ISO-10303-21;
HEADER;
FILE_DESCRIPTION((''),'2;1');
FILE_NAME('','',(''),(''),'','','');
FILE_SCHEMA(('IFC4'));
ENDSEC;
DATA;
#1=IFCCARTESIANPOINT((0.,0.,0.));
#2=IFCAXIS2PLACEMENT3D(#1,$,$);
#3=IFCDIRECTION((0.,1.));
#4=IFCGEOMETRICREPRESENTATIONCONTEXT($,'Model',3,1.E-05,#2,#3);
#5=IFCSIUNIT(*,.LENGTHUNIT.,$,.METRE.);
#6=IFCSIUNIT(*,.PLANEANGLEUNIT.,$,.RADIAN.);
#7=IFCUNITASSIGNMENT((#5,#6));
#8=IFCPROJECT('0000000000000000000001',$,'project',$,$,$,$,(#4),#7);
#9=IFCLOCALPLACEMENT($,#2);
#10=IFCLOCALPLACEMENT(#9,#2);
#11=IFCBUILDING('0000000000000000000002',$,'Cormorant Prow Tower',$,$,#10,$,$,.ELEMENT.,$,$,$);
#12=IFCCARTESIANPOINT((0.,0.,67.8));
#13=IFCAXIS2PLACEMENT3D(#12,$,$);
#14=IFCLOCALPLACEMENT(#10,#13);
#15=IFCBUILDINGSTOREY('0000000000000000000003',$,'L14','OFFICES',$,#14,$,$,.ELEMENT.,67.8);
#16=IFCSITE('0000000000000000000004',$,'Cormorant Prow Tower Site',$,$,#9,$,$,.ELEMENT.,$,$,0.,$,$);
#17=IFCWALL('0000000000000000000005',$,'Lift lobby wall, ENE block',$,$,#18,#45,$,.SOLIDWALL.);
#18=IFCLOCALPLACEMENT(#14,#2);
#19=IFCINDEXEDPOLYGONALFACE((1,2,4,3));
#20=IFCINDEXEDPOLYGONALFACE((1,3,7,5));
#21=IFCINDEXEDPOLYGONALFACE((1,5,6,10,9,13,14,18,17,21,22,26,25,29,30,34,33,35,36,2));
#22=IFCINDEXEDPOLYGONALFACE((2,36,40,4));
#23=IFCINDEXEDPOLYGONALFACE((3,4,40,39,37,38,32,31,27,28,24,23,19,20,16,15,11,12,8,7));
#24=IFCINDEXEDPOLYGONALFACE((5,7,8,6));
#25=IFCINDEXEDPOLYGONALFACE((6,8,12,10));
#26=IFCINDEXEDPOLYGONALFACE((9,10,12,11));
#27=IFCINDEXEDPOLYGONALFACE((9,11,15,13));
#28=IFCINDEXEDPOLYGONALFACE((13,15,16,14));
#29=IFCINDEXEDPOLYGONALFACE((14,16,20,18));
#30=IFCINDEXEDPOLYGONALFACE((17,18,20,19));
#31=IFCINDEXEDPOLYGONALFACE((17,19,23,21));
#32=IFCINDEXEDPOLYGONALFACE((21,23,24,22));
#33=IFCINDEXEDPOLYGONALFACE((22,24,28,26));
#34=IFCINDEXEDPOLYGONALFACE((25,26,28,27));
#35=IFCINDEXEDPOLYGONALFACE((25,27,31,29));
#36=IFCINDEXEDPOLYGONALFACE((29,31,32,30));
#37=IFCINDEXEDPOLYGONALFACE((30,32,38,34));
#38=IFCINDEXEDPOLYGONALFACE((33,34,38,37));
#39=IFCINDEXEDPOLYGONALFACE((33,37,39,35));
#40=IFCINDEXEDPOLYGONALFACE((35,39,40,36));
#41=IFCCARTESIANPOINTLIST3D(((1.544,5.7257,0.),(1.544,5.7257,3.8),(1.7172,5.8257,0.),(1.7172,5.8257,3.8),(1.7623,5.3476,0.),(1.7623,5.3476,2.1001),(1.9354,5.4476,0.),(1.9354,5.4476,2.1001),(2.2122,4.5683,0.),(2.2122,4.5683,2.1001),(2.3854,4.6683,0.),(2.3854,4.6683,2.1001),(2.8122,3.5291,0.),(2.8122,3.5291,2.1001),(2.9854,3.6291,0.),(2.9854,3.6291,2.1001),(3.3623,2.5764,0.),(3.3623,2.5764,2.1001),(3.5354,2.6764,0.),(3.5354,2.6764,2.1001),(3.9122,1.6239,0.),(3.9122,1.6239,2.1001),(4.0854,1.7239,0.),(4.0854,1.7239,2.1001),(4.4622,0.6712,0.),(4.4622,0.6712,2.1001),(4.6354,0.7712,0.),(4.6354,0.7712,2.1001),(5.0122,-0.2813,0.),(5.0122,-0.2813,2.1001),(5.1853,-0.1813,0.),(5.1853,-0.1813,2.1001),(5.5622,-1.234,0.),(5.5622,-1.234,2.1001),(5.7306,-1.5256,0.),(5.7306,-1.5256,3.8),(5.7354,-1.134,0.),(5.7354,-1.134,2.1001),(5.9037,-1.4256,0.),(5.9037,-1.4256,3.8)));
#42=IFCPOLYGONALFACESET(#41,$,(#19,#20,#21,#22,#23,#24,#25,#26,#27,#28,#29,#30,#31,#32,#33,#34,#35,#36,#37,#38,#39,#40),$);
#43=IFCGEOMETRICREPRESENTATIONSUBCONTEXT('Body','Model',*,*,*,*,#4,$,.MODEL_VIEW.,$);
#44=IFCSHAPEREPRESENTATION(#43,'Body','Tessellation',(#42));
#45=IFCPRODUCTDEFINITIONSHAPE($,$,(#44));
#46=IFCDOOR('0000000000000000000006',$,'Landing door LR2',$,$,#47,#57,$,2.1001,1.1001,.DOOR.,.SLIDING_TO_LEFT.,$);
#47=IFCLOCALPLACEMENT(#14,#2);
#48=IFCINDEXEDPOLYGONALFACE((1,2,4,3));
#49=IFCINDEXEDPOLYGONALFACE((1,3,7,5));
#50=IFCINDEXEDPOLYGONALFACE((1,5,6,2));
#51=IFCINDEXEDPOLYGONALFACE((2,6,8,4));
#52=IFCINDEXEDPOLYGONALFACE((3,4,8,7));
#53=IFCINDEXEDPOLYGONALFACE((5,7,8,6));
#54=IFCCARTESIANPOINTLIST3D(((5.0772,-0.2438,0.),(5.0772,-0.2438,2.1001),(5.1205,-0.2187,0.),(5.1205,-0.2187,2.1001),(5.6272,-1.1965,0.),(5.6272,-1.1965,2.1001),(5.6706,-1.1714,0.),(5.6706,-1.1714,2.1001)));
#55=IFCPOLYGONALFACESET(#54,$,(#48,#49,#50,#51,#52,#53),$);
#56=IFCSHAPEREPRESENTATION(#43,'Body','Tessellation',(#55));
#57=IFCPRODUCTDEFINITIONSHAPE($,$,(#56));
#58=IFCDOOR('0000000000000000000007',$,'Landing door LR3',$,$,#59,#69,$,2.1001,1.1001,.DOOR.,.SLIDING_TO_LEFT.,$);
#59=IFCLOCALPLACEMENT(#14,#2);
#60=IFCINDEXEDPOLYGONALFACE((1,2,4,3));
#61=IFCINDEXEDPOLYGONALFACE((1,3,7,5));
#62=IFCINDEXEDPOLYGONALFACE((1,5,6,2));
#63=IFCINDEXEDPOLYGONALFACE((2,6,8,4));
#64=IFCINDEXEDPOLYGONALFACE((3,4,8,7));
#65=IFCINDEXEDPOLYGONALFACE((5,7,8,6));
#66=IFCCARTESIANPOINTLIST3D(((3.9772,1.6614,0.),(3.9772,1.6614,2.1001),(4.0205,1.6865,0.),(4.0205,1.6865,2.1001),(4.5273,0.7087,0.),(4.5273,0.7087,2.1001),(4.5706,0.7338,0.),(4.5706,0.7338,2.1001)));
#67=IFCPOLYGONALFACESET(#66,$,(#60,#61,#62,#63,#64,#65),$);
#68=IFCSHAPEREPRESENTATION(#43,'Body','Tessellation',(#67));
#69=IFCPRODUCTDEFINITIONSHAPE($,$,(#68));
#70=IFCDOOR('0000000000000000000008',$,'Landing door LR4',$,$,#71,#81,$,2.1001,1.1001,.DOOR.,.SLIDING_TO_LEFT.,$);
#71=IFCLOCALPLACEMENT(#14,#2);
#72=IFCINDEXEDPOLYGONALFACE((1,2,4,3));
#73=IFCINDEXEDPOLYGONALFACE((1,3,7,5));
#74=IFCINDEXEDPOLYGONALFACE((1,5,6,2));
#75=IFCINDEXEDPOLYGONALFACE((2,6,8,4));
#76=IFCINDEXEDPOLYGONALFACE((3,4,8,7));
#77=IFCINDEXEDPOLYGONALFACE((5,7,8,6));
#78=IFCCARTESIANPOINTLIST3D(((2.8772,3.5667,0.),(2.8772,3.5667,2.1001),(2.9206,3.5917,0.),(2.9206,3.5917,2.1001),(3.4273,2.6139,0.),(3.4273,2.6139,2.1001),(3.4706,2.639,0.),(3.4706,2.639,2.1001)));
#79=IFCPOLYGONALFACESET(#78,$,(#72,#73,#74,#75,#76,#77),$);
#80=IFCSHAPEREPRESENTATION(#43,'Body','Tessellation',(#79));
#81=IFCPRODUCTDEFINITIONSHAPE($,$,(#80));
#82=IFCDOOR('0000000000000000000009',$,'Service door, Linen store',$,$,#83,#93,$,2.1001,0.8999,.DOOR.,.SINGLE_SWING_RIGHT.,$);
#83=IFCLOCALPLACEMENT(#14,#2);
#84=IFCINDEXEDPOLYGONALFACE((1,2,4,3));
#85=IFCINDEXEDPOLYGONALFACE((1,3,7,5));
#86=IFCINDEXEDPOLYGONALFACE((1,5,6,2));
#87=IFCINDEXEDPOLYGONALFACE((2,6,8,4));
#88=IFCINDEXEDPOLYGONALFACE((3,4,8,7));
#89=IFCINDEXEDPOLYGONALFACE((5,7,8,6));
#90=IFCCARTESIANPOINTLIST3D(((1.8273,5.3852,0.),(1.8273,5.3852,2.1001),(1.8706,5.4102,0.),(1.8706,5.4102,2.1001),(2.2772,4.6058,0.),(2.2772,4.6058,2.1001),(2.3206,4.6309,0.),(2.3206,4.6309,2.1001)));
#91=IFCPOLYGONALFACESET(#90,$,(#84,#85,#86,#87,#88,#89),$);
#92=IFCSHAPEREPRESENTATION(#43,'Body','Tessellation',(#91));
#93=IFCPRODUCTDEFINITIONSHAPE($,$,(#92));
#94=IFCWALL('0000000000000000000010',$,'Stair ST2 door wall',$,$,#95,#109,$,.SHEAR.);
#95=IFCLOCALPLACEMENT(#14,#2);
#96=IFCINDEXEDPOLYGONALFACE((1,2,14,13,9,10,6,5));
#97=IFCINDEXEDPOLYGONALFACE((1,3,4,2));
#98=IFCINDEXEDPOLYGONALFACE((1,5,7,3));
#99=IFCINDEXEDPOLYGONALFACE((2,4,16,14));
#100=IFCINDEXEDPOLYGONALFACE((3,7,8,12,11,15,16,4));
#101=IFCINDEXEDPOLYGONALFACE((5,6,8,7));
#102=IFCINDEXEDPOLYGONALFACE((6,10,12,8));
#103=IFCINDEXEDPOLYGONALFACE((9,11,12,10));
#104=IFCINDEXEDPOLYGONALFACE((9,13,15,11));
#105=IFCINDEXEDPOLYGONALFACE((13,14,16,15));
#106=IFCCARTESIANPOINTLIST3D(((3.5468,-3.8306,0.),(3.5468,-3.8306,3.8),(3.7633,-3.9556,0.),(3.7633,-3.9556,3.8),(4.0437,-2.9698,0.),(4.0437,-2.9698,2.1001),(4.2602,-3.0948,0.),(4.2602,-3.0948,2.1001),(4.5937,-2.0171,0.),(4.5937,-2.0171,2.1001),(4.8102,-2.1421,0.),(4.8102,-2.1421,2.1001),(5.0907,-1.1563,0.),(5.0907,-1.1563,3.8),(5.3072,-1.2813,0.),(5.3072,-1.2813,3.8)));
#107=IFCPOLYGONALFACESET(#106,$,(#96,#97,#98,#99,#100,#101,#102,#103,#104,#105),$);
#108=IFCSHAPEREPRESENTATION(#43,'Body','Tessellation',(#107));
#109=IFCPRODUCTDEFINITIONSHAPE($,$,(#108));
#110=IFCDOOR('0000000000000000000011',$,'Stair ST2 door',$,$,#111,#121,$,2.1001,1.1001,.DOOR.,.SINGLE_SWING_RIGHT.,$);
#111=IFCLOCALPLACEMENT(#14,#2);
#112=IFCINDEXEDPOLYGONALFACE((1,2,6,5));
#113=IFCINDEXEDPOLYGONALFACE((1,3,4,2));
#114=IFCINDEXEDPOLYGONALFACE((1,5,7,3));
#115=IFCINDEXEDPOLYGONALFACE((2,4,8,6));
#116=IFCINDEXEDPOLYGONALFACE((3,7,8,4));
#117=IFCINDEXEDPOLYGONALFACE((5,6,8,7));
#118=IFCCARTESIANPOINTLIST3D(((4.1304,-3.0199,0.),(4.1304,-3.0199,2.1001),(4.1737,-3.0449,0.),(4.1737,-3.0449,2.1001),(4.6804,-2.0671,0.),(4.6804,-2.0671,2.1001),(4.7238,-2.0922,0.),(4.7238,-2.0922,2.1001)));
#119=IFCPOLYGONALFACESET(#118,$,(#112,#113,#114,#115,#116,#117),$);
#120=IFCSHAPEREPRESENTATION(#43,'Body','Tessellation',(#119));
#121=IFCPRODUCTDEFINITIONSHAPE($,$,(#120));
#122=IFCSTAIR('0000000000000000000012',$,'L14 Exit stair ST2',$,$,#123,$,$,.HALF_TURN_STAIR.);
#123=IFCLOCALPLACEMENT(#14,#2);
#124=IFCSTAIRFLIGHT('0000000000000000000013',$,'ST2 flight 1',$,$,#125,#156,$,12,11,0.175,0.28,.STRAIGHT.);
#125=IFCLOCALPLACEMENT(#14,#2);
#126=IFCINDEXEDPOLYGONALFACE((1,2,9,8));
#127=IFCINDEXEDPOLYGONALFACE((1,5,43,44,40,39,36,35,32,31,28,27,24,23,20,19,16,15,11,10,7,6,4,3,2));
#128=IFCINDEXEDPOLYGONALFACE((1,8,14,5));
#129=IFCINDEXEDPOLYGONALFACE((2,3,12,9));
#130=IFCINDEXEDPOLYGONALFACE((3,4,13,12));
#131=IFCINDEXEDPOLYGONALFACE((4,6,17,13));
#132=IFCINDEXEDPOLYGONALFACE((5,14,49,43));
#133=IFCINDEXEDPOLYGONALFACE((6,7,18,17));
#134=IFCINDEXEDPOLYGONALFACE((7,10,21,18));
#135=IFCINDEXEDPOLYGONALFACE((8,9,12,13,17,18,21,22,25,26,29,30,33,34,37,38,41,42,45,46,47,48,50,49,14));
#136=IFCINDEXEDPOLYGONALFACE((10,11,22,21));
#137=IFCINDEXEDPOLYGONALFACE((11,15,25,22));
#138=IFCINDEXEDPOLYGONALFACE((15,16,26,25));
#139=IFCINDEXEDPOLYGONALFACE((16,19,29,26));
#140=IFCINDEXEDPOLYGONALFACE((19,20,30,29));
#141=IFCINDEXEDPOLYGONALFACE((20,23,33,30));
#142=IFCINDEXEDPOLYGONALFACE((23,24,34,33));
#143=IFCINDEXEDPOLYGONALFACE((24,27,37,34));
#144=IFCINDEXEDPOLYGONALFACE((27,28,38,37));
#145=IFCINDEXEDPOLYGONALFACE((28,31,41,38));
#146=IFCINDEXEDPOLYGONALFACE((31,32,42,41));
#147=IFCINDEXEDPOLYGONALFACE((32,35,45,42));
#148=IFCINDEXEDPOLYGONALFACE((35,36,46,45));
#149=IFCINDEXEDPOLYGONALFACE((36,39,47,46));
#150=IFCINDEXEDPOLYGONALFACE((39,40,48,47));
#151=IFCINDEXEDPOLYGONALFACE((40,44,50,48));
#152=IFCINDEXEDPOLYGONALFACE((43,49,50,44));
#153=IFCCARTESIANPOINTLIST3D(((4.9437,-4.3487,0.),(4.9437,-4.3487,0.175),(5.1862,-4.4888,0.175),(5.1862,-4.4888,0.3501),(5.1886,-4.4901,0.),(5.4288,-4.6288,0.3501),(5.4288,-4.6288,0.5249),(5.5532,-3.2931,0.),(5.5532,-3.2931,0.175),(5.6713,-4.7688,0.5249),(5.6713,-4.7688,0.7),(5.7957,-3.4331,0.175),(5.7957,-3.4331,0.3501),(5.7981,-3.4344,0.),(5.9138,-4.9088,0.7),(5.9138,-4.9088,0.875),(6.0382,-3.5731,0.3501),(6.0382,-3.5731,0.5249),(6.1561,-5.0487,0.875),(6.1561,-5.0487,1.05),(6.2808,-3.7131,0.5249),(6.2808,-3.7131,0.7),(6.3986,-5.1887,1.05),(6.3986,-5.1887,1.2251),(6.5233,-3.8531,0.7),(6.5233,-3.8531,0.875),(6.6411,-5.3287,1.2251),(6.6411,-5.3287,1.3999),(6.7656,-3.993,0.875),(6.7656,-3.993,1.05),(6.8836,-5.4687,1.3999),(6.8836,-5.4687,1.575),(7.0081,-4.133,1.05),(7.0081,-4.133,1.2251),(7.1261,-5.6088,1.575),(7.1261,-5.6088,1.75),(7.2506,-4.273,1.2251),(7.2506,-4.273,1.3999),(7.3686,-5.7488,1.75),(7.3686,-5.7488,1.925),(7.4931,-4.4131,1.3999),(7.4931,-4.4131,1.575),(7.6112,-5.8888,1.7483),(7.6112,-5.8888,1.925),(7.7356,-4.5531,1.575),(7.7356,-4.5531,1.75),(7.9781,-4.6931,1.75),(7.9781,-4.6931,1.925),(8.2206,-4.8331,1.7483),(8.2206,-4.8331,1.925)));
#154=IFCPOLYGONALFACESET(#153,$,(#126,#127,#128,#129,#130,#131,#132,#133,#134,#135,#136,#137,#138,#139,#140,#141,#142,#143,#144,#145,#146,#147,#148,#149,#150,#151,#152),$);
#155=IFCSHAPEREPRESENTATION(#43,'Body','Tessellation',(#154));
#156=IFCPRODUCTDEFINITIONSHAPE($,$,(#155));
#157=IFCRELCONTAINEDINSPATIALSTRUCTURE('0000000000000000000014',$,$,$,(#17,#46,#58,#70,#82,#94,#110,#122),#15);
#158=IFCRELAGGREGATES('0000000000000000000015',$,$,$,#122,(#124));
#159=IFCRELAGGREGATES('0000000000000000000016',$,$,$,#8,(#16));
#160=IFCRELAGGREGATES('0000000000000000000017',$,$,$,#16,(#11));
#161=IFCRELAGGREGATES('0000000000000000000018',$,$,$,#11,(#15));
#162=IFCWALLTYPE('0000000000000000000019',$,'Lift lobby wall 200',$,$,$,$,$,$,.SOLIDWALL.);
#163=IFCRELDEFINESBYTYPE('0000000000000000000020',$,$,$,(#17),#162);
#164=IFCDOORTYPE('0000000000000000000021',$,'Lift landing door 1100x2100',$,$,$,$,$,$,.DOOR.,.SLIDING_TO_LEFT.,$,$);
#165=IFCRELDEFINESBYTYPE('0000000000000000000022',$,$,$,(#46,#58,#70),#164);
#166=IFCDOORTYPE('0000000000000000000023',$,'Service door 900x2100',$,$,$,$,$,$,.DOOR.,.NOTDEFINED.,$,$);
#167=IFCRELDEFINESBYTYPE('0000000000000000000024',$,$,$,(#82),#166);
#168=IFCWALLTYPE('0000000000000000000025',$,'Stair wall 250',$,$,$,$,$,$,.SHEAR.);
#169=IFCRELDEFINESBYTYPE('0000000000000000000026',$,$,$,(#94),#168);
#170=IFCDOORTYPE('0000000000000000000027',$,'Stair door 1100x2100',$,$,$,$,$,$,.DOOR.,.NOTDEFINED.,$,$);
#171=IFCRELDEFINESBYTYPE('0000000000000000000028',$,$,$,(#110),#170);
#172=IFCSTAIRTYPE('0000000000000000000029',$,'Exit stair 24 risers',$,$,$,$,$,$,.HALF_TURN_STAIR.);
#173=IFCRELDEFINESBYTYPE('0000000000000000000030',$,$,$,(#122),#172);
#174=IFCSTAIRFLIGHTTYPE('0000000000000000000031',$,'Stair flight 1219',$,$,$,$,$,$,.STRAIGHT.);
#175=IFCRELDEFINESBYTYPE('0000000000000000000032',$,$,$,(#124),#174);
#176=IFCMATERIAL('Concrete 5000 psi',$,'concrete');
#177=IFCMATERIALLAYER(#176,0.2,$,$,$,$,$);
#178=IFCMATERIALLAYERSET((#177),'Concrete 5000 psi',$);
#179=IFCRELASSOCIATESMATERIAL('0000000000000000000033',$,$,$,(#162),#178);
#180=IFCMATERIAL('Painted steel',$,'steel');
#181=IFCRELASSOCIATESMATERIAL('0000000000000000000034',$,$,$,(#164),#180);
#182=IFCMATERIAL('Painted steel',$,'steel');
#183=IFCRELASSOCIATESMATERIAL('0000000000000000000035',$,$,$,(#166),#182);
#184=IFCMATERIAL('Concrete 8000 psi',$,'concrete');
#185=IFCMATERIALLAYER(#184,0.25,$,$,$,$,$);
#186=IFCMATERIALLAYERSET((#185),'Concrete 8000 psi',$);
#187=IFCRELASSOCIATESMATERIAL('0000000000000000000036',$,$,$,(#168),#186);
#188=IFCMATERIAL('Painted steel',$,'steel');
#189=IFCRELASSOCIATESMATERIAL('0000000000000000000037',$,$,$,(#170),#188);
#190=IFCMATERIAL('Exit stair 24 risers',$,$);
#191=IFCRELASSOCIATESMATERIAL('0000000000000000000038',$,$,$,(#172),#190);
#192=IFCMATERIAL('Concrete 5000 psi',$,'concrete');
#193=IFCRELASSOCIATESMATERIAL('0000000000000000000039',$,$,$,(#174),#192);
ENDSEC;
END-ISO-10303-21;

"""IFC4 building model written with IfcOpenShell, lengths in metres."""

from ifc_helpers import new_model, si_unit, direction, frame, frame_2d, origin, place, context, subcontext, project, spatial, polyline, rectangle, outline, extrude, material, layer, layer_set, type_object, element, fill, aggregate, save


model = new_model("IFC4")

# Units and contexts
model_context = context("Model", 3, precision=1e-05, world=origin(), true_north=direction((0.0, 1.0)))
body_context = subcontext(model_context, "Body", "Model", "MODEL_VIEW")
ifc_project = project(units=[si_unit("LENGTHUNIT", "METRE"), si_unit("PLANEANGLEUNIT", "RADIAN")], contexts=[model_context])

# Site, building, storey
site_placement = place(None, origin())
site = spatial("IfcSite", under=ifc_project, at=site_placement, Name="Cormorant Prow Tower Site", CompositionType="ELEMENT", RefElevation=0.0)
building_placement = place(site_placement, origin())
building = spatial("IfcBuilding", under=site, at=building_placement, Name="Cormorant Prow Tower", CompositionType="ELEMENT")
storey_placement = place(building_placement, frame((0.0, 0.0, 67.8)))
storey = spatial("IfcBuildingStorey", under=building, at=storey_placement, Name="L14", Description="OFFICES", CompositionType="ELEMENT", Elevation=67.8)

# Wall, openings, doors
ifc_material_1 = material(Name="Concrete 5000 psi", Category="concrete")
ifc_layer_1 = layer(ifc_material_1, 0.2)
ifc_layer_set_1 = layer_set([ifc_layer_1], Name="Concrete 5000 psi")
wall_type_1 = type_object("IfcWallType", Name="Lift lobby wall 200", PredefinedType="SOLIDWALL", material=ifc_layer_set_1)
wall_1_placement = place(storey_placement, frame((5.8171, -1.4756, 0.0), z_axis=(0.0, 0.0, 1.0), x_axis=(-0.500003, 0.866024, 0.0)))
wall_1 = element("IfcWall", 1, at=wall_1_placement, inside=storey, type_object=wall_type_1, Name="Lift lobby wall, ENE block", PredefinedType="SOLIDWALL", context=body_context, shape_type="SweptSolid", body=[
    extrude(rectangle(XDim=8.373, YDim=0.2, at=frame_2d((4.1865, 0.0))), origin(), (0.0, 0.0, 1.0), 3.8),
])
opening_1_placement = place(wall_1_placement, frame((0.3367, 0.0, 0.0)))
opening_1 = element("IfcOpeningElement", 2, at=opening_1_placement, cuts=wall_1, PredefinedType="OPENING", context=body_context, shape_type="SweptSolid", body=[
    extrude(rectangle(XDim=1.1001, YDim=2.1001, at=frame_2d((0.55, 1.05))), frame((0.0, 0.1099, 0.0), z_axis=(0.0, -1.0, 0.0), x_axis=(1.0, 0.0, 0.0)), (0.0, 0.0, 1.0), 0.22),
])
opening_2_placement = place(wall_1_placement, frame((2.5366, 0.0, 0.0)))
opening_2 = element("IfcOpeningElement", 3, at=opening_2_placement, cuts=wall_1, PredefinedType="OPENING", context=body_context, shape_type="SweptSolid", body=[
    extrude(rectangle(XDim=1.1001, YDim=2.1001, at=frame_2d((0.55, 1.05))), frame((0.0, 0.1099, 0.0), z_axis=(0.0, -1.0, 0.0), x_axis=(1.0, 0.0, 0.0)), (0.0, 0.0, 1.0), 0.22),
])
opening_3_placement = place(wall_1_placement, frame((4.7366, 0.0, 0.0)))
opening_3 = element("IfcOpeningElement", 4, at=opening_3_placement, cuts=wall_1, PredefinedType="OPENING", context=body_context, shape_type="SweptSolid", body=[
    extrude(rectangle(XDim=1.1001, YDim=2.1001, at=frame_2d((0.55, 1.05))), frame((0.0, 0.1099, 0.0), z_axis=(0.0, -1.0, 0.0), x_axis=(1.0, 0.0, 0.0)), (0.0, 0.0, 1.0), 0.22),
])
opening_4_placement = place(wall_1_placement, frame((7.0366, 0.0, 0.0)))
opening_4 = element("IfcOpeningElement", 5, at=opening_4_placement, cuts=wall_1, PredefinedType="OPENING", context=body_context, shape_type="SweptSolid", body=[
    extrude(rectangle(XDim=0.8999, YDim=2.1001, at=frame_2d((0.45, 1.05))), frame((0.0, 0.1099, 0.0), z_axis=(0.0, -1.0, 0.0), x_axis=(1.0, 0.0, 0.0)), (0.0, 0.0, 1.0), 0.22),
])
ifc_material_2 = material(Name="Painted steel", Category="steel")
door_type_1 = type_object("IfcDoorType", Name="Lift landing door 1100x2100", OperationType="SLIDING_TO_LEFT", PredefinedType="DOOR", material=ifc_material_2)
door_1_placement = place(opening_1_placement, origin())
door_1 = element("IfcDoor", 6, at=door_1_placement, inside=storey, type_object=door_type_1, Name="Landing door LR2", OperationType="SLIDING_TO_LEFT", OverallHeight=2.1001, OverallWidth=1.1001, PredefinedType="DOOR", context=body_context, shape_type="SweptSolid", body=[
    extrude(rectangle(XDim=1.1001, YDim=2.1001, at=frame_2d((0.55, 1.05))), frame((0.0, 0.0249, 0.0), z_axis=(0.0, -1.0, 0.0), x_axis=(1.0, 0.0, 0.0)), (0.0, 0.0, 1.0), 0.05),
])
fill(opening_1, door_1)
door_2_placement = place(opening_2_placement, origin())
door_2 = element("IfcDoor", 7, at=door_2_placement, inside=storey, type_object=door_type_1, Name="Landing door LR3", OperationType="SLIDING_TO_LEFT", OverallHeight=2.1001, OverallWidth=1.1001, PredefinedType="DOOR", context=body_context, shape_type="SweptSolid", body=[
    extrude(rectangle(XDim=1.1001, YDim=2.1001, at=frame_2d((0.55, 1.05))), frame((0.0, 0.0249, 0.0), z_axis=(0.0, -1.0, 0.0), x_axis=(1.0, 0.0, 0.0)), (0.0, 0.0, 1.0), 0.05),
])
fill(opening_2, door_2)
door_3_placement = place(opening_3_placement, origin())
door_3 = element("IfcDoor", 8, at=door_3_placement, inside=storey, type_object=door_type_1, Name="Landing door LR4", OperationType="SLIDING_TO_LEFT", OverallHeight=2.1001, OverallWidth=1.1001, PredefinedType="DOOR", context=body_context, shape_type="SweptSolid", body=[
    extrude(rectangle(XDim=1.1001, YDim=2.1001, at=frame_2d((0.55, 1.05))), frame((0.0, 0.0249, 0.0), z_axis=(0.0, -1.0, 0.0), x_axis=(1.0, 0.0, 0.0)), (0.0, 0.0, 1.0), 0.05),
])
fill(opening_3, door_3)
ifc_material_3 = material(Name="Painted steel", Category="steel")
door_type_2 = type_object("IfcDoorType", Name="Service door 900x2100", OperationType="NOTDEFINED", PredefinedType="DOOR", material=ifc_material_3)
door_4_placement = place(opening_4_placement, origin())
door_4 = element("IfcDoor", 9, at=door_4_placement, inside=storey, type_object=door_type_2, Name="Service door, Linen store", OperationType="SINGLE_SWING_RIGHT", OverallHeight=2.1001, OverallWidth=0.8999, PredefinedType="DOOR", context=body_context, shape_type="SweptSolid", body=[
    extrude(rectangle(XDim=0.8999, YDim=2.1001, at=frame_2d((0.45, 1.05))), frame((0.0, 0.0249, 0.0), z_axis=(0.0, -1.0, 0.0), x_axis=(1.0, 0.0, 0.0)), (0.0, 0.0, 1.0), 0.05),
])
fill(opening_4, door_4)

# Wall, opening, door
ifc_material_4 = material(Name="Concrete 8000 psi", Category="concrete")
ifc_layer_2 = layer(ifc_material_4, 0.25)
ifc_layer_set_2 = layer_set([ifc_layer_2], Name="Concrete 8000 psi")
wall_type_2 = type_object("IfcWallType", Name="Stair wall 250", PredefinedType="SHEAR", material=ifc_layer_set_2)
wall_2_placement = place(storey_placement, frame((3.655, -3.8931, 0.0), z_axis=(0.0, 0.0, 1.0), x_axis=(0.499983, 0.866035, 0.0)))
wall_2 = element("IfcWall", 10, at=wall_2_placement, inside=storey, type_object=wall_type_2, Name="Stair ST2 door wall", PredefinedType="SHEAR", context=body_context, shape_type="SweptSolid", body=[
    extrude(rectangle(XDim=3.0879, YDim=0.25, at=frame_2d((1.5439, 0.0))), origin(), (0.0, 0.0, 1.0), 3.8),
])
opening_5_placement = place(wall_2_placement, frame((0.9939, 0.0, 0.0)))
opening_5 = element("IfcOpeningElement", 11, at=opening_5_placement, cuts=wall_2, PredefinedType="OPENING", context=body_context, shape_type="SweptSolid", body=[
    extrude(rectangle(XDim=1.1001, YDim=2.1001, at=frame_2d((0.55, 1.05))), frame((0.0, 0.135, 0.0), z_axis=(0.0, -1.0, 0.0), x_axis=(1.0, 0.0, 0.0)), (0.0, 0.0, 1.0), 0.27),
])
ifc_material_5 = material(Name="Painted steel", Category="steel")
door_type_3 = type_object("IfcDoorType", Name="Stair door 1100x2100", OperationType="NOTDEFINED", PredefinedType="DOOR", material=ifc_material_5)
door_5_placement = place(opening_5_placement, origin())
door_5 = element("IfcDoor", 12, at=door_5_placement, inside=storey, type_object=door_type_3, Name="Stair ST2 door", OperationType="SINGLE_SWING_RIGHT", OverallHeight=2.1001, OverallWidth=1.1001, PredefinedType="DOOR", context=body_context, shape_type="SweptSolid", body=[
    extrude(rectangle(XDim=1.1001, YDim=2.1001, at=frame_2d((0.55, 1.05))), frame((0.0, 0.0249, 0.0), z_axis=(0.0, -1.0, 0.0), x_axis=(1.0, 0.0, 0.0)), (0.0, 0.0, 1.0), 0.05),
])
fill(opening_5, door_5)

# Stair, stair flight
ifc_material_6 = material(Name="Exit stair 24 risers")
stair_type = type_object("IfcStairType", Name="Exit stair 24 risers", PredefinedType="HALF_TURN_STAIR", material=ifc_material_6)
stair_placement = place(storey_placement, origin())
stair = element("IfcStair", 13, at=stair_placement, inside=storey, type_object=stair_type, Name="L14 Exit stair ST2", PredefinedType="HALF_TURN_STAIR")
ifc_material_7 = material(Name="Concrete 5000 psi", Category="concrete")
stair_flight_type = type_object("IfcStairFlightType", Name="Stair flight 1219", PredefinedType="STRAIGHT", material=ifc_material_7)
stair_flight_1_placement = place(storey_placement, frame((5.2485, -3.8208, 0.0), z_axis=(0.0, 0.0, 1.0), x_axis=(0.866025, -0.5, 0.0)))
stair_flight_1 = element("IfcStairFlight", 14, at=stair_flight_1_placement, type_object=stair_flight_type, Name="ST2 flight 1", NumberOfRisers=12, NumberOfTreads=11, PredefinedType="STRAIGHT", RiserHeight=0.175, TreadLength=0.28, context=body_context, shape_type="SweptSolid", body=[
    extrude(outline(polyline([(0.0, 0.0), (0.0, 0.175), (0.28, 0.175), (0.28, 0.3501), (0.5601, 0.3501), (0.5601, 0.5249), (0.8401, 0.5249), (0.8401, 0.7), (1.1201, 0.7), (1.1201, 0.875), (1.3999, 0.875), (1.3999, 1.05), (1.6799, 1.05), (1.6799, 1.2251), (1.96, 1.2251), (1.96, 1.3999), (2.24, 1.3999), (2.24, 1.575), (2.52, 1.575), (2.52, 1.75), (2.8, 1.75), (2.8, 1.925), (3.0801, 1.925), (3.0801, 2.1001), (3.0801, 1.7483), (0.2827, 0.0), (0.0, 0.0)])), frame((0.0, 0.6094, 0.0), z_axis=(0.0, -1.0, 0.0), x_axis=(1.0, 0.0, 0.0)), (0.0, 0.0, 1.0), 1.219),
])
aggregate(stair, [stair_flight_1])

save(model, "model.ifc")
